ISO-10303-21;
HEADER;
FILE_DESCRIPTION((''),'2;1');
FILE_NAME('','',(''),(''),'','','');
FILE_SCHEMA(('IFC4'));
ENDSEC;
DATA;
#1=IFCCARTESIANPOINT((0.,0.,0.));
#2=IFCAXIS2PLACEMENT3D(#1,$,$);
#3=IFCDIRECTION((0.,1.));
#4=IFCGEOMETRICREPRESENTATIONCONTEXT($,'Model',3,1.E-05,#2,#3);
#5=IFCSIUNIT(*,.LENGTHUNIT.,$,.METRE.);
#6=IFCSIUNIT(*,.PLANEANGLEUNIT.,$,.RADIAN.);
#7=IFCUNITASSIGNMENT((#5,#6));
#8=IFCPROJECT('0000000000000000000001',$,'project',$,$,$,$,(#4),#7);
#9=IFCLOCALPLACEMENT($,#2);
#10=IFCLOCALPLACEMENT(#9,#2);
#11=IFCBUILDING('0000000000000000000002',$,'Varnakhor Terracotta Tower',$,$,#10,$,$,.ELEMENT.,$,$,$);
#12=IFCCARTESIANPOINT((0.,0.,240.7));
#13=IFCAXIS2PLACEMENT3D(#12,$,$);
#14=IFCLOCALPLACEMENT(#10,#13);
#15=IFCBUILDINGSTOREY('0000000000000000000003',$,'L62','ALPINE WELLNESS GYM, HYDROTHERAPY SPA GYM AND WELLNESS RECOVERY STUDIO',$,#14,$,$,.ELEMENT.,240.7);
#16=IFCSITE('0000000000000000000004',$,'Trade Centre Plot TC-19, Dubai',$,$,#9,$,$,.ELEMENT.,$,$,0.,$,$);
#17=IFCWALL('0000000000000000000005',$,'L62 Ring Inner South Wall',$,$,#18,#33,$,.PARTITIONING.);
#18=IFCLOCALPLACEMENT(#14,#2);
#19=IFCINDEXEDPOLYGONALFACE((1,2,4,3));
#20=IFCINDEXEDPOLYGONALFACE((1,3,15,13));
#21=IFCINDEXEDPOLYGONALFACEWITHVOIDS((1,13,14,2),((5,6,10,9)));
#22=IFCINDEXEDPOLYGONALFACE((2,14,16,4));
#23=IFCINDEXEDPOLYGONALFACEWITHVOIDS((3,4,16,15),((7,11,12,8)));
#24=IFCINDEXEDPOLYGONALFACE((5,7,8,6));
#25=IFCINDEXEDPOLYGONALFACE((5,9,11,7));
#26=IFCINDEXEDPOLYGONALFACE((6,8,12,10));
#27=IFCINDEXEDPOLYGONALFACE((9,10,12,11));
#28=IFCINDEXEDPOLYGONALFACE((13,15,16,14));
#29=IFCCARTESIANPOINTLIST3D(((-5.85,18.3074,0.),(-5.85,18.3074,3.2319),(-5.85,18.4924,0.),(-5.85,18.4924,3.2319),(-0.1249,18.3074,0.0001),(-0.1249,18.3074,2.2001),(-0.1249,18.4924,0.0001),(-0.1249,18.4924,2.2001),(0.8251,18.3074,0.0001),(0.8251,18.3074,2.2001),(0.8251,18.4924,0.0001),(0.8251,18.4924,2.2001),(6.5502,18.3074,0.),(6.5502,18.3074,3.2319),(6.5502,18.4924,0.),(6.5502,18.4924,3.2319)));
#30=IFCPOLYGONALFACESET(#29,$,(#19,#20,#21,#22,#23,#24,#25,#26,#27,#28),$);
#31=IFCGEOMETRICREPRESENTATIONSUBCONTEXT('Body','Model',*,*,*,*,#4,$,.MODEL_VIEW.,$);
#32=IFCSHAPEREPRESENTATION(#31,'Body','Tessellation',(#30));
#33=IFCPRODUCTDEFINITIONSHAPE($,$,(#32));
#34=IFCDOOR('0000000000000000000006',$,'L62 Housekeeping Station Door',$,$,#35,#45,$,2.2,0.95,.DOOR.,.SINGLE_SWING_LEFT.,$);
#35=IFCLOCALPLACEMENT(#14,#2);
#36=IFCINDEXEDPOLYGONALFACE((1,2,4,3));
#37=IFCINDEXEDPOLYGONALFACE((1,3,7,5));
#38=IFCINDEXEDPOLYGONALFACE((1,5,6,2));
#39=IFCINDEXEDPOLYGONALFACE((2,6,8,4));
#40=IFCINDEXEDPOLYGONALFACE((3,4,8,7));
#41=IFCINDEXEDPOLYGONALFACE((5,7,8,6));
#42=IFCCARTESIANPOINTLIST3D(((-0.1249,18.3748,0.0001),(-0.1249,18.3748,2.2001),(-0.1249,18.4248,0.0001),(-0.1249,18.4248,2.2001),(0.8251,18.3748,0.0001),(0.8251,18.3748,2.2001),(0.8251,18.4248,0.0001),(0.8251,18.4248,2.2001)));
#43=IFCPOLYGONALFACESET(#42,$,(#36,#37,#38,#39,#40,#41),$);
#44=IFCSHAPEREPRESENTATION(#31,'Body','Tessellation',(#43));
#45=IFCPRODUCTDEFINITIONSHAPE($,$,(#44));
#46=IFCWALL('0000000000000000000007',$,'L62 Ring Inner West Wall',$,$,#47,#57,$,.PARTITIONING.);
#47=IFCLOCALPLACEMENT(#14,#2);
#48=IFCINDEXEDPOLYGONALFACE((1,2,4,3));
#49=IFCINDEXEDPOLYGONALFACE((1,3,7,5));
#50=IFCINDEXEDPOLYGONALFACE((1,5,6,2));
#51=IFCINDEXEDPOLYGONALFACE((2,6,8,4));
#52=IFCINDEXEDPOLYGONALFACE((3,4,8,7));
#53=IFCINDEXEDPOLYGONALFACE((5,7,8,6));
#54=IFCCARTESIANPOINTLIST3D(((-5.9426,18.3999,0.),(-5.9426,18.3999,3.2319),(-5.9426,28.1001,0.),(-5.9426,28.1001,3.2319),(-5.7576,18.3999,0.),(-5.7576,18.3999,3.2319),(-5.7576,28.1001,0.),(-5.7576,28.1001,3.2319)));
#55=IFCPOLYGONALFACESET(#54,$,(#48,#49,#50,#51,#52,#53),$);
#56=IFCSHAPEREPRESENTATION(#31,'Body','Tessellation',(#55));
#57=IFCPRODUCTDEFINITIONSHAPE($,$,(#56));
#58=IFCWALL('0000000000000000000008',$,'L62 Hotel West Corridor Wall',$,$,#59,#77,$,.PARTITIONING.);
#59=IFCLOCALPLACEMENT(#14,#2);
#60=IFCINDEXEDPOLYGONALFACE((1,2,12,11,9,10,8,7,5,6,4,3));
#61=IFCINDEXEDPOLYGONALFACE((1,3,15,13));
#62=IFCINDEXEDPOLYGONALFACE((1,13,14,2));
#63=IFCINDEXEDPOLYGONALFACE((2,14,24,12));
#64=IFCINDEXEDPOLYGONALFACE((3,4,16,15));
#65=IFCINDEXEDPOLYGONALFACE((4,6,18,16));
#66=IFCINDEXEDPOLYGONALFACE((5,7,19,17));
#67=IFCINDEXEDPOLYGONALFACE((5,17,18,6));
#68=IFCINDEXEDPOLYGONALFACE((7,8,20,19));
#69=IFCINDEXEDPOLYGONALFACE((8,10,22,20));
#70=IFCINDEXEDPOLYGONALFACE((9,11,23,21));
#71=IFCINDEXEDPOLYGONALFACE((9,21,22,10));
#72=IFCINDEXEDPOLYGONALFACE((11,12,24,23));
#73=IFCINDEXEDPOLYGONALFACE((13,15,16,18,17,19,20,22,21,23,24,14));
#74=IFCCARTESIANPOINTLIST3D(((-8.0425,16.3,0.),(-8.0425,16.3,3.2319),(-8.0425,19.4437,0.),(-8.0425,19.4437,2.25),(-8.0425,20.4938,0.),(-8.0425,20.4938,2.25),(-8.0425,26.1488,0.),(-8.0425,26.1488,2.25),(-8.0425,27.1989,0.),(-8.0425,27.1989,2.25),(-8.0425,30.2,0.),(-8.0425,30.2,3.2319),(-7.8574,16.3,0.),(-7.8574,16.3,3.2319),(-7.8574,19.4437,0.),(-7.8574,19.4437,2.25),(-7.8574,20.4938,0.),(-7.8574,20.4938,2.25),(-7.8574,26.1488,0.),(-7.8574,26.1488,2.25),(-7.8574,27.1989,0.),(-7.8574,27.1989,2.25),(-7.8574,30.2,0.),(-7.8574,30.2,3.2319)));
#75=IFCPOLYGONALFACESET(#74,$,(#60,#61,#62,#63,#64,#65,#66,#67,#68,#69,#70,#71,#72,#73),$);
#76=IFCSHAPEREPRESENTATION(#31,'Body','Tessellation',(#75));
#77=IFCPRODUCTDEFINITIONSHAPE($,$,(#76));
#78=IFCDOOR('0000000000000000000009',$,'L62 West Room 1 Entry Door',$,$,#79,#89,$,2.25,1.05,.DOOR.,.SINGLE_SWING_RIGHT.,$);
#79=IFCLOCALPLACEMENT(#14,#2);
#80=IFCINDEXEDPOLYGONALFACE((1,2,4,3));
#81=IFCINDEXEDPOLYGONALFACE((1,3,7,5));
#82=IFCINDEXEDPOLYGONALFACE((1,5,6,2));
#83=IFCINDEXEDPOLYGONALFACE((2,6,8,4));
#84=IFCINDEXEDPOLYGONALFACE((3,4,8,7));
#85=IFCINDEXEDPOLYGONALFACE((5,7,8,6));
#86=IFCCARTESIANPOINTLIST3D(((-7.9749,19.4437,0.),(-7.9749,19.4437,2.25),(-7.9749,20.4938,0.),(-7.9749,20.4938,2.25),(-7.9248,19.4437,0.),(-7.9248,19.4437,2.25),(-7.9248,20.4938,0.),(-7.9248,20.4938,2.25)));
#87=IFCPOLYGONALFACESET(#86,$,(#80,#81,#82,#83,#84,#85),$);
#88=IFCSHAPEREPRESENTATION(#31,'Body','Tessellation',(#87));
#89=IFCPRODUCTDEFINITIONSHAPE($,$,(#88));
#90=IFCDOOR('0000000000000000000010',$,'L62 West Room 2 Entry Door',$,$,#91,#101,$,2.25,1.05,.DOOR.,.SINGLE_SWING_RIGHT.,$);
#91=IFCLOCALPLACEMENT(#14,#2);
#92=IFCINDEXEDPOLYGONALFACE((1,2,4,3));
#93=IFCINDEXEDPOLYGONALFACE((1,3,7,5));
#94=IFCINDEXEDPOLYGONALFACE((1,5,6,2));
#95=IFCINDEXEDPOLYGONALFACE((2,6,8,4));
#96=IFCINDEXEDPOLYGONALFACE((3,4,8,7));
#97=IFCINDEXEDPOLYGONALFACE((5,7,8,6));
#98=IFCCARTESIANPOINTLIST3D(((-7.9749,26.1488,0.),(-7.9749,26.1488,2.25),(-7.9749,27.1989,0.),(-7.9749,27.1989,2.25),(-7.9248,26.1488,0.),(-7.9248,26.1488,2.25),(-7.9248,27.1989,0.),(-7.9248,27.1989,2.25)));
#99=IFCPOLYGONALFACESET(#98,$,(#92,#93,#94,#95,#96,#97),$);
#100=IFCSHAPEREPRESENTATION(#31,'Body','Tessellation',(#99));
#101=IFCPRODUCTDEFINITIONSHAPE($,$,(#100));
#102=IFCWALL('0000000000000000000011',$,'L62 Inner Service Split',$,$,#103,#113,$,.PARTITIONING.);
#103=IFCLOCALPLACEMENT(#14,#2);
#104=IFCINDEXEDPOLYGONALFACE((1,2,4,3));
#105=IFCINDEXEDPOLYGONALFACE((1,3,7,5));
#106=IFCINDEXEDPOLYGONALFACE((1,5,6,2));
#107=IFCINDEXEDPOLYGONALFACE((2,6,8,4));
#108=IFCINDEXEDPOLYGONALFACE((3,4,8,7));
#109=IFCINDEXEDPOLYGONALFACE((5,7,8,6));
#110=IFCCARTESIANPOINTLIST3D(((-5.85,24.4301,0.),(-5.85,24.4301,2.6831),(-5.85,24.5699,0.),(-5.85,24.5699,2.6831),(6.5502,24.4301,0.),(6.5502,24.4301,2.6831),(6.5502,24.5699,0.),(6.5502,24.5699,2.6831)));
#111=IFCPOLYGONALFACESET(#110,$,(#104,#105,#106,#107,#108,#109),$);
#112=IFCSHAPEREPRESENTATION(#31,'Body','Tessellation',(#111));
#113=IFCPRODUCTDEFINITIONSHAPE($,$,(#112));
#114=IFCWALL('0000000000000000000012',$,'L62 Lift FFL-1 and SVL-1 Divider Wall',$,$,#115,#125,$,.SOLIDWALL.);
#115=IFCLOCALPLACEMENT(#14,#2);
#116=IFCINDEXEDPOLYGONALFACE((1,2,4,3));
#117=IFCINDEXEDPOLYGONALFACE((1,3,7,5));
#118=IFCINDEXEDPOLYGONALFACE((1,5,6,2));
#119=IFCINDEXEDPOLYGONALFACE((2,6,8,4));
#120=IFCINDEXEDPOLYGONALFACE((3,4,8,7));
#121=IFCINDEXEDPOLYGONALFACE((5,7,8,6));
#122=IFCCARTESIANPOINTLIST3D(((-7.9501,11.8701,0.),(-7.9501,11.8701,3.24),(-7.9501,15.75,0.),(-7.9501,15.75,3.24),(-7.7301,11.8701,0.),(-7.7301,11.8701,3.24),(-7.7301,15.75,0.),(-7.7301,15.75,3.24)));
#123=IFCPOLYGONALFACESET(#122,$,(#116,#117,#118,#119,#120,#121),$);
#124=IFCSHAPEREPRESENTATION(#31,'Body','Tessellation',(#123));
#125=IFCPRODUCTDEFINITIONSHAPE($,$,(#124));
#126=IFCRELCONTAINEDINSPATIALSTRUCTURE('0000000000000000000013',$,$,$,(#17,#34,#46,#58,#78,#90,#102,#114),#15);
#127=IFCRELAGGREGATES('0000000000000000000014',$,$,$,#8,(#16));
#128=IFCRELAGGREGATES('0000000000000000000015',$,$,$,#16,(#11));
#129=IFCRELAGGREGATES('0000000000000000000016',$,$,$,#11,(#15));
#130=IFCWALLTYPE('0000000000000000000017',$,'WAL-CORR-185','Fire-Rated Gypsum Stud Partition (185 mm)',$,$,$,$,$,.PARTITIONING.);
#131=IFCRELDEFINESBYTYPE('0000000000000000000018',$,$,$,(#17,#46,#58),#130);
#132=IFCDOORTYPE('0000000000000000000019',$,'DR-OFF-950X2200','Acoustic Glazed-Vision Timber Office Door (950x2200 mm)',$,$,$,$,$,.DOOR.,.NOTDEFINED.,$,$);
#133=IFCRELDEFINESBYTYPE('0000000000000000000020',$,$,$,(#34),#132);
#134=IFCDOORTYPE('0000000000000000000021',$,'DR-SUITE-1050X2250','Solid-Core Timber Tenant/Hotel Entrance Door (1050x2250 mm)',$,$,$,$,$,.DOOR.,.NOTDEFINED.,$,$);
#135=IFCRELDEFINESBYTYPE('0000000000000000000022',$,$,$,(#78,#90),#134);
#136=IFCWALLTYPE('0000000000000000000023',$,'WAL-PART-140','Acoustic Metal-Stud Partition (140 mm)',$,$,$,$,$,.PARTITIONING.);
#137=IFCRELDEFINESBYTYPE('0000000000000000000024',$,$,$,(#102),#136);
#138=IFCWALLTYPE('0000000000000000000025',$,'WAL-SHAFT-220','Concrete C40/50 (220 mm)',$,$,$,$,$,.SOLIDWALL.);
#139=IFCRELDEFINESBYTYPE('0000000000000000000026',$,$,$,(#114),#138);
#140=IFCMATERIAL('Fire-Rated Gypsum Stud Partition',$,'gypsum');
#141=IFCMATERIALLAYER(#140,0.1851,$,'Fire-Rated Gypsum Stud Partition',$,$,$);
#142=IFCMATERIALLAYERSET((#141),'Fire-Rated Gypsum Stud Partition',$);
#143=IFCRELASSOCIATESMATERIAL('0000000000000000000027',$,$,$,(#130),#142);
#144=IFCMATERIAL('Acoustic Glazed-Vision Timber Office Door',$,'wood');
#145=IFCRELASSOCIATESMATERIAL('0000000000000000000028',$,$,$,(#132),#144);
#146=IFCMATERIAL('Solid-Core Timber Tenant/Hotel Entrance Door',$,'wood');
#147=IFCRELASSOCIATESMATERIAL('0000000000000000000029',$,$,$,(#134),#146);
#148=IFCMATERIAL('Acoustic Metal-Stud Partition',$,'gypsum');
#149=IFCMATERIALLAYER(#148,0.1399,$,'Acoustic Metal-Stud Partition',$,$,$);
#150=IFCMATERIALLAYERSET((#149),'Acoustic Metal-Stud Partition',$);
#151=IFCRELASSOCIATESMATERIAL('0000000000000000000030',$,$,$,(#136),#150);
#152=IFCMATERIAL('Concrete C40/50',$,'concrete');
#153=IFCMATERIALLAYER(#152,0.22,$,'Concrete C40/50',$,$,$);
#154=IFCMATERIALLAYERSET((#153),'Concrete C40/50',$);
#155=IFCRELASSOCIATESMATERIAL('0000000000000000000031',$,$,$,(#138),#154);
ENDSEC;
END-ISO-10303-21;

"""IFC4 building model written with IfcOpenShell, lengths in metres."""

from ifc_helpers import new_model, si_unit, direction, frame, frame_2d, origin, place, context, subcontext, project, spatial, rectangle, extrude, source, transform, mapped, material, layer, layer_set, type_object, type_shapes, element, fill, save


model = new_model("IFC4")

# Units and contexts
model_context = context("Model", 3, precision=1e-05, world=origin(), true_north=direction((0.0, 1.0)))
body_context = subcontext(model_context, "Body", "Model", "MODEL_VIEW")
ifc_project = project(units=[si_unit("LENGTHUNIT", "METRE"), si_unit("PLANEANGLEUNIT", "RADIAN")], contexts=[model_context])

# Site, building, storey
site_placement = place(None, origin())
site = spatial("IfcSite", under=ifc_project, at=site_placement, Name="Trade Centre Plot TC-19, Dubai", CompositionType="ELEMENT", RefElevation=0.0)
building_placement = place(site_placement, origin())
building = spatial("IfcBuilding", under=site, at=building_placement, Name="Varnakhor Terracotta Tower", CompositionType="ELEMENT")
storey_placement = place(building_placement, frame((0.0, 0.0, 240.7)))
storey = spatial("IfcBuildingStorey", under=building, at=storey_placement, Name="L62", Description="ALPINE WELLNESS GYM, HYDROTHERAPY SPA GYM AND WELLNESS RECOVERY STUDIO", CompositionType="ELEMENT", Elevation=240.7)

# Wall, opening, door
ifc_material_1 = material(Name="Fire-Rated Gypsum Stud Partition", Category="gypsum")
ifc_layer_1 = layer(ifc_material_1, 0.1851, Name="Fire-Rated Gypsum Stud Partition")
ifc_layer_set_1 = layer_set([ifc_layer_1], Name="Fire-Rated Gypsum Stud Partition")
wall_type_1 = type_object("IfcWallType", Name="WAL-CORR-185", Description="Fire-Rated Gypsum Stud Partition (185 mm)", PredefinedType="PARTITIONING", material=ifc_layer_set_1)
wall_1_placement = place(storey_placement, frame((-5.8501, 18.3999, 0.0), z_axis=(0.0, 0.0, 1.0), x_axis=(1.0, 0.0, 0.0)))
wall_1 = element("IfcWall", 1, at=wall_1_placement, inside=storey, type_object=wall_type_1, Name="L62 Ring Inner South Wall", PredefinedType="PARTITIONING", context=body_context, shape_type="SweptSolid", body=[
    extrude(rectangle(XDim=12.4001, YDim=0.1851, at=frame_2d((6.2002, 0.0))), origin(), (0.0, 0.0, 1.0), 3.2319),
])
opening_1_placement = place(wall_1_placement, frame((5.7251, 0.0, 0.0)))
opening_1 = element("IfcOpeningElement", 2, at=opening_1_placement, cuts=wall_1, PredefinedType="OPENING", context=body_context, shape_type="SweptSolid", body=[
    extrude(rectangle(XDim=0.95, YDim=2.2, at=frame_2d((0.4751, 1.1001))), frame((0.0, 0.1025, 0.0), z_axis=(0.0, -1.0, 0.0), x_axis=(1.0, 0.0, 0.0)), (0.0, 0.0, 1.0), 0.2051),
])
ifc_material_2 = material(Name="Acoustic Glazed-Vision Timber Office Door", Category="wood")
door_type_1 = type_object("IfcDoorType", Name="DR-OFF-950X2200", Description="Acoustic Glazed-Vision Timber Office Door (950x2200 mm)", OperationType="NOTDEFINED", PredefinedType="DOOR", material=ifc_material_2)
shared_shape_1 = source(origin(), body_context, "Body", "SweptSolid", [
    extrude(rectangle(XDim=0.95, YDim=2.2, at=frame_2d((0.4751, 1.1001))), frame((0.0, 0.0249, 0.0), z_axis=(0.0, -1.0, 0.0), x_axis=(1.0, 0.0, 0.0)), (0.0, 0.0, 1.0), 0.05),
])
type_shapes(door_type_1, [shared_shape_1])
door_1_placement = place(opening_1_placement, origin())
door_1 = element("IfcDoor", 3, at=door_1_placement, inside=storey, type_object=door_type_1, Name="L62 Housekeeping Station Door", OperationType="SINGLE_SWING_LEFT", OverallHeight=2.2, OverallWidth=0.95, PredefinedType="DOOR", context=body_context, shape_type="MappedRepresentation", body=[
    mapped(shared_shape_1, transform((0.0, 0.0, 0.0), scale=1.0)),
])
fill(opening_1, door_1)

# Wall
wall_2_placement = place(storey_placement, frame((-5.8501, 18.3999, 0.0), z_axis=(0.0, 0.0, 1.0), x_axis=(0.0, 1.0, 0.0)))
element("IfcWall", 4, at=wall_2_placement, inside=storey, type_object=wall_type_1, Name="L62 Ring Inner West Wall", PredefinedType="PARTITIONING", context=body_context, shape_type="SweptSolid", body=[
    extrude(rectangle(XDim=9.7002, YDim=0.1851, at=frame_2d((4.8501, 0.0))), origin(), (0.0, 0.0, 1.0), 3.2319),
])

# Wall, openings, doors
wall_3_placement = place(storey_placement, frame((-7.95, 16.3, 0.0), z_axis=(0.0, 0.0, 1.0), x_axis=(0.0, 1.0, 0.0)))
wall_3 = element("IfcWall", 5, at=wall_3_placement, inside=storey, type_object=wall_type_1, Name="L62 Hotel West Corridor Wall", PredefinedType="PARTITIONING", context=body_context, shape_type="SweptSolid", body=[
    extrude(rectangle(XDim=13.8999, YDim=0.1851, at=frame_2d((6.95, 0.0))), origin(), (0.0, 0.0, 1.0), 3.2319),
])
opening_2_placement = place(wall_3_placement, frame((3.1438, 0.0, 0.0)))
opening_2 = element("IfcOpeningElement", 6, at=opening_2_placement, cuts=wall_3, PredefinedType="OPENING", context=body_context, shape_type="SweptSolid", body=[
    extrude(rectangle(XDim=1.05, YDim=2.25, at=frame_2d((0.5249, 1.125))), frame((0.0, 0.1025, 0.0), z_axis=(0.0, -1.0, 0.0), x_axis=(1.0, 0.0, 0.0)), (0.0, 0.0, 1.0), 0.2051),
])
opening_3_placement = place(wall_3_placement, frame((9.8489, 0.0, 0.0)))
opening_3 = element("IfcOpeningElement", 7, at=opening_3_placement, cuts=wall_3, PredefinedType="OPENING", context=body_context, shape_type="SweptSolid", body=[
    extrude(rectangle(XDim=1.05, YDim=2.25, at=frame_2d((0.5249, 1.125))), frame((0.0, 0.1025, 0.0), z_axis=(0.0, -1.0, 0.0), x_axis=(1.0, 0.0, 0.0)), (0.0, 0.0, 1.0), 0.2051),
])
ifc_material_3 = material(Name="Solid-Core Timber Tenant/Hotel Entrance Door", Category="wood")
door_type_2 = type_object("IfcDoorType", Name="DR-SUITE-1050X2250", Description="Solid-Core Timber Tenant/Hotel Entrance Door (1050x2250 mm)", OperationType="NOTDEFINED", PredefinedType="DOOR", material=ifc_material_3)
shared_shape_2 = source(origin(), body_context, "Body", "SweptSolid", [
    extrude(rectangle(XDim=1.05, YDim=2.25, at=frame_2d((0.5249, 1.125))), frame((0.0, 0.0249, 0.0), z_axis=(0.0, -1.0, 0.0), x_axis=(1.0, 0.0, 0.0)), (0.0, 0.0, 1.0), 0.05),
])
type_shapes(door_type_2, [shared_shape_2])
door_2_placement = place(opening_2_placement, origin())
door_2 = element("IfcDoor", 8, at=door_2_placement, inside=storey, type_object=door_type_2, Name="L62 West Room 1 Entry Door", OperationType="SINGLE_SWING_RIGHT", OverallHeight=2.25, OverallWidth=1.05, PredefinedType="DOOR", context=body_context, shape_type="MappedRepresentation", body=[
    mapped(shared_shape_2, transform((0.0, 0.0, 0.0), scale=1.0)),
])
fill(opening_2, door_2)
door_3_placement = place(opening_3_placement, origin())
door_3 = element("IfcDoor", 9, at=door_3_placement, inside=storey, type_object=door_type_2, Name="L62 West Room 2 Entry Door", OperationType="SINGLE_SWING_RIGHT", OverallHeight=2.25, OverallWidth=1.05, PredefinedType="DOOR", context=body_context, shape_type="MappedRepresentation", body=[
    mapped(shared_shape_2, transform((0.0, 0.0, 0.0), scale=1.0)),
])
fill(opening_3, door_3)

# Walls
ifc_material_4 = material(Name="Acoustic Metal-Stud Partition", Category="gypsum")
ifc_layer_2 = layer(ifc_material_4, 0.1399, Name="Acoustic Metal-Stud Partition")
ifc_layer_set_2 = layer_set([ifc_layer_2], Name="Acoustic Metal-Stud Partition")
wall_type_2 = type_object("IfcWallType", Name="WAL-PART-140", Description="Acoustic Metal-Stud Partition (140 mm)", PredefinedType="PARTITIONING", material=ifc_layer_set_2)
wall_4_placement = place(storey_placement, frame((-5.8501, 24.5, 0.0), z_axis=(0.0, 0.0, 1.0), x_axis=(1.0, 0.0, 0.0)))
element("IfcWall", 10, at=wall_4_placement, inside=storey, type_object=wall_type_2, Name="L62 Inner Service Split", PredefinedType="PARTITIONING", context=body_context, shape_type="SweptSolid", body=[
    extrude(rectangle(XDim=12.4001, YDim=0.1399, at=frame_2d((6.2002, 0.0))), origin(), (0.0, 0.0, 1.0), 2.6831),
])
ifc_material_5 = material(Name="Concrete C40/50", Category="concrete")
ifc_layer_3 = layer(ifc_material_5, 0.22, Name="Concrete C40/50")
ifc_layer_set_3 = layer_set([ifc_layer_3], Name="Concrete C40/50")
wall_type_3 = type_object("IfcWallType", Name="WAL-SHAFT-220", Description="Concrete C40/50 (220 mm)", PredefinedType="SOLIDWALL", material=ifc_layer_set_3)
wall_5_placement = place(storey_placement, frame((-7.8401, 11.8701, 0.0), z_axis=(0.0, 0.0, 1.0), x_axis=(0.0, 1.0, 0.0)))
element("IfcWall", 11, at=wall_5_placement, inside=storey, type_object=wall_type_3, Name="L62 Lift FFL-1 and SVL-1 Divider Wall", PredefinedType="SOLIDWALL", context=body_context, shape_type="SweptSolid", body=[
    extrude(rectangle(XDim=3.8799, YDim=0.22, at=frame_2d((1.9399, 0.0))), origin(), (0.0, 0.0, 1.0), 3.24),
])

save(model, "model.ifc")
